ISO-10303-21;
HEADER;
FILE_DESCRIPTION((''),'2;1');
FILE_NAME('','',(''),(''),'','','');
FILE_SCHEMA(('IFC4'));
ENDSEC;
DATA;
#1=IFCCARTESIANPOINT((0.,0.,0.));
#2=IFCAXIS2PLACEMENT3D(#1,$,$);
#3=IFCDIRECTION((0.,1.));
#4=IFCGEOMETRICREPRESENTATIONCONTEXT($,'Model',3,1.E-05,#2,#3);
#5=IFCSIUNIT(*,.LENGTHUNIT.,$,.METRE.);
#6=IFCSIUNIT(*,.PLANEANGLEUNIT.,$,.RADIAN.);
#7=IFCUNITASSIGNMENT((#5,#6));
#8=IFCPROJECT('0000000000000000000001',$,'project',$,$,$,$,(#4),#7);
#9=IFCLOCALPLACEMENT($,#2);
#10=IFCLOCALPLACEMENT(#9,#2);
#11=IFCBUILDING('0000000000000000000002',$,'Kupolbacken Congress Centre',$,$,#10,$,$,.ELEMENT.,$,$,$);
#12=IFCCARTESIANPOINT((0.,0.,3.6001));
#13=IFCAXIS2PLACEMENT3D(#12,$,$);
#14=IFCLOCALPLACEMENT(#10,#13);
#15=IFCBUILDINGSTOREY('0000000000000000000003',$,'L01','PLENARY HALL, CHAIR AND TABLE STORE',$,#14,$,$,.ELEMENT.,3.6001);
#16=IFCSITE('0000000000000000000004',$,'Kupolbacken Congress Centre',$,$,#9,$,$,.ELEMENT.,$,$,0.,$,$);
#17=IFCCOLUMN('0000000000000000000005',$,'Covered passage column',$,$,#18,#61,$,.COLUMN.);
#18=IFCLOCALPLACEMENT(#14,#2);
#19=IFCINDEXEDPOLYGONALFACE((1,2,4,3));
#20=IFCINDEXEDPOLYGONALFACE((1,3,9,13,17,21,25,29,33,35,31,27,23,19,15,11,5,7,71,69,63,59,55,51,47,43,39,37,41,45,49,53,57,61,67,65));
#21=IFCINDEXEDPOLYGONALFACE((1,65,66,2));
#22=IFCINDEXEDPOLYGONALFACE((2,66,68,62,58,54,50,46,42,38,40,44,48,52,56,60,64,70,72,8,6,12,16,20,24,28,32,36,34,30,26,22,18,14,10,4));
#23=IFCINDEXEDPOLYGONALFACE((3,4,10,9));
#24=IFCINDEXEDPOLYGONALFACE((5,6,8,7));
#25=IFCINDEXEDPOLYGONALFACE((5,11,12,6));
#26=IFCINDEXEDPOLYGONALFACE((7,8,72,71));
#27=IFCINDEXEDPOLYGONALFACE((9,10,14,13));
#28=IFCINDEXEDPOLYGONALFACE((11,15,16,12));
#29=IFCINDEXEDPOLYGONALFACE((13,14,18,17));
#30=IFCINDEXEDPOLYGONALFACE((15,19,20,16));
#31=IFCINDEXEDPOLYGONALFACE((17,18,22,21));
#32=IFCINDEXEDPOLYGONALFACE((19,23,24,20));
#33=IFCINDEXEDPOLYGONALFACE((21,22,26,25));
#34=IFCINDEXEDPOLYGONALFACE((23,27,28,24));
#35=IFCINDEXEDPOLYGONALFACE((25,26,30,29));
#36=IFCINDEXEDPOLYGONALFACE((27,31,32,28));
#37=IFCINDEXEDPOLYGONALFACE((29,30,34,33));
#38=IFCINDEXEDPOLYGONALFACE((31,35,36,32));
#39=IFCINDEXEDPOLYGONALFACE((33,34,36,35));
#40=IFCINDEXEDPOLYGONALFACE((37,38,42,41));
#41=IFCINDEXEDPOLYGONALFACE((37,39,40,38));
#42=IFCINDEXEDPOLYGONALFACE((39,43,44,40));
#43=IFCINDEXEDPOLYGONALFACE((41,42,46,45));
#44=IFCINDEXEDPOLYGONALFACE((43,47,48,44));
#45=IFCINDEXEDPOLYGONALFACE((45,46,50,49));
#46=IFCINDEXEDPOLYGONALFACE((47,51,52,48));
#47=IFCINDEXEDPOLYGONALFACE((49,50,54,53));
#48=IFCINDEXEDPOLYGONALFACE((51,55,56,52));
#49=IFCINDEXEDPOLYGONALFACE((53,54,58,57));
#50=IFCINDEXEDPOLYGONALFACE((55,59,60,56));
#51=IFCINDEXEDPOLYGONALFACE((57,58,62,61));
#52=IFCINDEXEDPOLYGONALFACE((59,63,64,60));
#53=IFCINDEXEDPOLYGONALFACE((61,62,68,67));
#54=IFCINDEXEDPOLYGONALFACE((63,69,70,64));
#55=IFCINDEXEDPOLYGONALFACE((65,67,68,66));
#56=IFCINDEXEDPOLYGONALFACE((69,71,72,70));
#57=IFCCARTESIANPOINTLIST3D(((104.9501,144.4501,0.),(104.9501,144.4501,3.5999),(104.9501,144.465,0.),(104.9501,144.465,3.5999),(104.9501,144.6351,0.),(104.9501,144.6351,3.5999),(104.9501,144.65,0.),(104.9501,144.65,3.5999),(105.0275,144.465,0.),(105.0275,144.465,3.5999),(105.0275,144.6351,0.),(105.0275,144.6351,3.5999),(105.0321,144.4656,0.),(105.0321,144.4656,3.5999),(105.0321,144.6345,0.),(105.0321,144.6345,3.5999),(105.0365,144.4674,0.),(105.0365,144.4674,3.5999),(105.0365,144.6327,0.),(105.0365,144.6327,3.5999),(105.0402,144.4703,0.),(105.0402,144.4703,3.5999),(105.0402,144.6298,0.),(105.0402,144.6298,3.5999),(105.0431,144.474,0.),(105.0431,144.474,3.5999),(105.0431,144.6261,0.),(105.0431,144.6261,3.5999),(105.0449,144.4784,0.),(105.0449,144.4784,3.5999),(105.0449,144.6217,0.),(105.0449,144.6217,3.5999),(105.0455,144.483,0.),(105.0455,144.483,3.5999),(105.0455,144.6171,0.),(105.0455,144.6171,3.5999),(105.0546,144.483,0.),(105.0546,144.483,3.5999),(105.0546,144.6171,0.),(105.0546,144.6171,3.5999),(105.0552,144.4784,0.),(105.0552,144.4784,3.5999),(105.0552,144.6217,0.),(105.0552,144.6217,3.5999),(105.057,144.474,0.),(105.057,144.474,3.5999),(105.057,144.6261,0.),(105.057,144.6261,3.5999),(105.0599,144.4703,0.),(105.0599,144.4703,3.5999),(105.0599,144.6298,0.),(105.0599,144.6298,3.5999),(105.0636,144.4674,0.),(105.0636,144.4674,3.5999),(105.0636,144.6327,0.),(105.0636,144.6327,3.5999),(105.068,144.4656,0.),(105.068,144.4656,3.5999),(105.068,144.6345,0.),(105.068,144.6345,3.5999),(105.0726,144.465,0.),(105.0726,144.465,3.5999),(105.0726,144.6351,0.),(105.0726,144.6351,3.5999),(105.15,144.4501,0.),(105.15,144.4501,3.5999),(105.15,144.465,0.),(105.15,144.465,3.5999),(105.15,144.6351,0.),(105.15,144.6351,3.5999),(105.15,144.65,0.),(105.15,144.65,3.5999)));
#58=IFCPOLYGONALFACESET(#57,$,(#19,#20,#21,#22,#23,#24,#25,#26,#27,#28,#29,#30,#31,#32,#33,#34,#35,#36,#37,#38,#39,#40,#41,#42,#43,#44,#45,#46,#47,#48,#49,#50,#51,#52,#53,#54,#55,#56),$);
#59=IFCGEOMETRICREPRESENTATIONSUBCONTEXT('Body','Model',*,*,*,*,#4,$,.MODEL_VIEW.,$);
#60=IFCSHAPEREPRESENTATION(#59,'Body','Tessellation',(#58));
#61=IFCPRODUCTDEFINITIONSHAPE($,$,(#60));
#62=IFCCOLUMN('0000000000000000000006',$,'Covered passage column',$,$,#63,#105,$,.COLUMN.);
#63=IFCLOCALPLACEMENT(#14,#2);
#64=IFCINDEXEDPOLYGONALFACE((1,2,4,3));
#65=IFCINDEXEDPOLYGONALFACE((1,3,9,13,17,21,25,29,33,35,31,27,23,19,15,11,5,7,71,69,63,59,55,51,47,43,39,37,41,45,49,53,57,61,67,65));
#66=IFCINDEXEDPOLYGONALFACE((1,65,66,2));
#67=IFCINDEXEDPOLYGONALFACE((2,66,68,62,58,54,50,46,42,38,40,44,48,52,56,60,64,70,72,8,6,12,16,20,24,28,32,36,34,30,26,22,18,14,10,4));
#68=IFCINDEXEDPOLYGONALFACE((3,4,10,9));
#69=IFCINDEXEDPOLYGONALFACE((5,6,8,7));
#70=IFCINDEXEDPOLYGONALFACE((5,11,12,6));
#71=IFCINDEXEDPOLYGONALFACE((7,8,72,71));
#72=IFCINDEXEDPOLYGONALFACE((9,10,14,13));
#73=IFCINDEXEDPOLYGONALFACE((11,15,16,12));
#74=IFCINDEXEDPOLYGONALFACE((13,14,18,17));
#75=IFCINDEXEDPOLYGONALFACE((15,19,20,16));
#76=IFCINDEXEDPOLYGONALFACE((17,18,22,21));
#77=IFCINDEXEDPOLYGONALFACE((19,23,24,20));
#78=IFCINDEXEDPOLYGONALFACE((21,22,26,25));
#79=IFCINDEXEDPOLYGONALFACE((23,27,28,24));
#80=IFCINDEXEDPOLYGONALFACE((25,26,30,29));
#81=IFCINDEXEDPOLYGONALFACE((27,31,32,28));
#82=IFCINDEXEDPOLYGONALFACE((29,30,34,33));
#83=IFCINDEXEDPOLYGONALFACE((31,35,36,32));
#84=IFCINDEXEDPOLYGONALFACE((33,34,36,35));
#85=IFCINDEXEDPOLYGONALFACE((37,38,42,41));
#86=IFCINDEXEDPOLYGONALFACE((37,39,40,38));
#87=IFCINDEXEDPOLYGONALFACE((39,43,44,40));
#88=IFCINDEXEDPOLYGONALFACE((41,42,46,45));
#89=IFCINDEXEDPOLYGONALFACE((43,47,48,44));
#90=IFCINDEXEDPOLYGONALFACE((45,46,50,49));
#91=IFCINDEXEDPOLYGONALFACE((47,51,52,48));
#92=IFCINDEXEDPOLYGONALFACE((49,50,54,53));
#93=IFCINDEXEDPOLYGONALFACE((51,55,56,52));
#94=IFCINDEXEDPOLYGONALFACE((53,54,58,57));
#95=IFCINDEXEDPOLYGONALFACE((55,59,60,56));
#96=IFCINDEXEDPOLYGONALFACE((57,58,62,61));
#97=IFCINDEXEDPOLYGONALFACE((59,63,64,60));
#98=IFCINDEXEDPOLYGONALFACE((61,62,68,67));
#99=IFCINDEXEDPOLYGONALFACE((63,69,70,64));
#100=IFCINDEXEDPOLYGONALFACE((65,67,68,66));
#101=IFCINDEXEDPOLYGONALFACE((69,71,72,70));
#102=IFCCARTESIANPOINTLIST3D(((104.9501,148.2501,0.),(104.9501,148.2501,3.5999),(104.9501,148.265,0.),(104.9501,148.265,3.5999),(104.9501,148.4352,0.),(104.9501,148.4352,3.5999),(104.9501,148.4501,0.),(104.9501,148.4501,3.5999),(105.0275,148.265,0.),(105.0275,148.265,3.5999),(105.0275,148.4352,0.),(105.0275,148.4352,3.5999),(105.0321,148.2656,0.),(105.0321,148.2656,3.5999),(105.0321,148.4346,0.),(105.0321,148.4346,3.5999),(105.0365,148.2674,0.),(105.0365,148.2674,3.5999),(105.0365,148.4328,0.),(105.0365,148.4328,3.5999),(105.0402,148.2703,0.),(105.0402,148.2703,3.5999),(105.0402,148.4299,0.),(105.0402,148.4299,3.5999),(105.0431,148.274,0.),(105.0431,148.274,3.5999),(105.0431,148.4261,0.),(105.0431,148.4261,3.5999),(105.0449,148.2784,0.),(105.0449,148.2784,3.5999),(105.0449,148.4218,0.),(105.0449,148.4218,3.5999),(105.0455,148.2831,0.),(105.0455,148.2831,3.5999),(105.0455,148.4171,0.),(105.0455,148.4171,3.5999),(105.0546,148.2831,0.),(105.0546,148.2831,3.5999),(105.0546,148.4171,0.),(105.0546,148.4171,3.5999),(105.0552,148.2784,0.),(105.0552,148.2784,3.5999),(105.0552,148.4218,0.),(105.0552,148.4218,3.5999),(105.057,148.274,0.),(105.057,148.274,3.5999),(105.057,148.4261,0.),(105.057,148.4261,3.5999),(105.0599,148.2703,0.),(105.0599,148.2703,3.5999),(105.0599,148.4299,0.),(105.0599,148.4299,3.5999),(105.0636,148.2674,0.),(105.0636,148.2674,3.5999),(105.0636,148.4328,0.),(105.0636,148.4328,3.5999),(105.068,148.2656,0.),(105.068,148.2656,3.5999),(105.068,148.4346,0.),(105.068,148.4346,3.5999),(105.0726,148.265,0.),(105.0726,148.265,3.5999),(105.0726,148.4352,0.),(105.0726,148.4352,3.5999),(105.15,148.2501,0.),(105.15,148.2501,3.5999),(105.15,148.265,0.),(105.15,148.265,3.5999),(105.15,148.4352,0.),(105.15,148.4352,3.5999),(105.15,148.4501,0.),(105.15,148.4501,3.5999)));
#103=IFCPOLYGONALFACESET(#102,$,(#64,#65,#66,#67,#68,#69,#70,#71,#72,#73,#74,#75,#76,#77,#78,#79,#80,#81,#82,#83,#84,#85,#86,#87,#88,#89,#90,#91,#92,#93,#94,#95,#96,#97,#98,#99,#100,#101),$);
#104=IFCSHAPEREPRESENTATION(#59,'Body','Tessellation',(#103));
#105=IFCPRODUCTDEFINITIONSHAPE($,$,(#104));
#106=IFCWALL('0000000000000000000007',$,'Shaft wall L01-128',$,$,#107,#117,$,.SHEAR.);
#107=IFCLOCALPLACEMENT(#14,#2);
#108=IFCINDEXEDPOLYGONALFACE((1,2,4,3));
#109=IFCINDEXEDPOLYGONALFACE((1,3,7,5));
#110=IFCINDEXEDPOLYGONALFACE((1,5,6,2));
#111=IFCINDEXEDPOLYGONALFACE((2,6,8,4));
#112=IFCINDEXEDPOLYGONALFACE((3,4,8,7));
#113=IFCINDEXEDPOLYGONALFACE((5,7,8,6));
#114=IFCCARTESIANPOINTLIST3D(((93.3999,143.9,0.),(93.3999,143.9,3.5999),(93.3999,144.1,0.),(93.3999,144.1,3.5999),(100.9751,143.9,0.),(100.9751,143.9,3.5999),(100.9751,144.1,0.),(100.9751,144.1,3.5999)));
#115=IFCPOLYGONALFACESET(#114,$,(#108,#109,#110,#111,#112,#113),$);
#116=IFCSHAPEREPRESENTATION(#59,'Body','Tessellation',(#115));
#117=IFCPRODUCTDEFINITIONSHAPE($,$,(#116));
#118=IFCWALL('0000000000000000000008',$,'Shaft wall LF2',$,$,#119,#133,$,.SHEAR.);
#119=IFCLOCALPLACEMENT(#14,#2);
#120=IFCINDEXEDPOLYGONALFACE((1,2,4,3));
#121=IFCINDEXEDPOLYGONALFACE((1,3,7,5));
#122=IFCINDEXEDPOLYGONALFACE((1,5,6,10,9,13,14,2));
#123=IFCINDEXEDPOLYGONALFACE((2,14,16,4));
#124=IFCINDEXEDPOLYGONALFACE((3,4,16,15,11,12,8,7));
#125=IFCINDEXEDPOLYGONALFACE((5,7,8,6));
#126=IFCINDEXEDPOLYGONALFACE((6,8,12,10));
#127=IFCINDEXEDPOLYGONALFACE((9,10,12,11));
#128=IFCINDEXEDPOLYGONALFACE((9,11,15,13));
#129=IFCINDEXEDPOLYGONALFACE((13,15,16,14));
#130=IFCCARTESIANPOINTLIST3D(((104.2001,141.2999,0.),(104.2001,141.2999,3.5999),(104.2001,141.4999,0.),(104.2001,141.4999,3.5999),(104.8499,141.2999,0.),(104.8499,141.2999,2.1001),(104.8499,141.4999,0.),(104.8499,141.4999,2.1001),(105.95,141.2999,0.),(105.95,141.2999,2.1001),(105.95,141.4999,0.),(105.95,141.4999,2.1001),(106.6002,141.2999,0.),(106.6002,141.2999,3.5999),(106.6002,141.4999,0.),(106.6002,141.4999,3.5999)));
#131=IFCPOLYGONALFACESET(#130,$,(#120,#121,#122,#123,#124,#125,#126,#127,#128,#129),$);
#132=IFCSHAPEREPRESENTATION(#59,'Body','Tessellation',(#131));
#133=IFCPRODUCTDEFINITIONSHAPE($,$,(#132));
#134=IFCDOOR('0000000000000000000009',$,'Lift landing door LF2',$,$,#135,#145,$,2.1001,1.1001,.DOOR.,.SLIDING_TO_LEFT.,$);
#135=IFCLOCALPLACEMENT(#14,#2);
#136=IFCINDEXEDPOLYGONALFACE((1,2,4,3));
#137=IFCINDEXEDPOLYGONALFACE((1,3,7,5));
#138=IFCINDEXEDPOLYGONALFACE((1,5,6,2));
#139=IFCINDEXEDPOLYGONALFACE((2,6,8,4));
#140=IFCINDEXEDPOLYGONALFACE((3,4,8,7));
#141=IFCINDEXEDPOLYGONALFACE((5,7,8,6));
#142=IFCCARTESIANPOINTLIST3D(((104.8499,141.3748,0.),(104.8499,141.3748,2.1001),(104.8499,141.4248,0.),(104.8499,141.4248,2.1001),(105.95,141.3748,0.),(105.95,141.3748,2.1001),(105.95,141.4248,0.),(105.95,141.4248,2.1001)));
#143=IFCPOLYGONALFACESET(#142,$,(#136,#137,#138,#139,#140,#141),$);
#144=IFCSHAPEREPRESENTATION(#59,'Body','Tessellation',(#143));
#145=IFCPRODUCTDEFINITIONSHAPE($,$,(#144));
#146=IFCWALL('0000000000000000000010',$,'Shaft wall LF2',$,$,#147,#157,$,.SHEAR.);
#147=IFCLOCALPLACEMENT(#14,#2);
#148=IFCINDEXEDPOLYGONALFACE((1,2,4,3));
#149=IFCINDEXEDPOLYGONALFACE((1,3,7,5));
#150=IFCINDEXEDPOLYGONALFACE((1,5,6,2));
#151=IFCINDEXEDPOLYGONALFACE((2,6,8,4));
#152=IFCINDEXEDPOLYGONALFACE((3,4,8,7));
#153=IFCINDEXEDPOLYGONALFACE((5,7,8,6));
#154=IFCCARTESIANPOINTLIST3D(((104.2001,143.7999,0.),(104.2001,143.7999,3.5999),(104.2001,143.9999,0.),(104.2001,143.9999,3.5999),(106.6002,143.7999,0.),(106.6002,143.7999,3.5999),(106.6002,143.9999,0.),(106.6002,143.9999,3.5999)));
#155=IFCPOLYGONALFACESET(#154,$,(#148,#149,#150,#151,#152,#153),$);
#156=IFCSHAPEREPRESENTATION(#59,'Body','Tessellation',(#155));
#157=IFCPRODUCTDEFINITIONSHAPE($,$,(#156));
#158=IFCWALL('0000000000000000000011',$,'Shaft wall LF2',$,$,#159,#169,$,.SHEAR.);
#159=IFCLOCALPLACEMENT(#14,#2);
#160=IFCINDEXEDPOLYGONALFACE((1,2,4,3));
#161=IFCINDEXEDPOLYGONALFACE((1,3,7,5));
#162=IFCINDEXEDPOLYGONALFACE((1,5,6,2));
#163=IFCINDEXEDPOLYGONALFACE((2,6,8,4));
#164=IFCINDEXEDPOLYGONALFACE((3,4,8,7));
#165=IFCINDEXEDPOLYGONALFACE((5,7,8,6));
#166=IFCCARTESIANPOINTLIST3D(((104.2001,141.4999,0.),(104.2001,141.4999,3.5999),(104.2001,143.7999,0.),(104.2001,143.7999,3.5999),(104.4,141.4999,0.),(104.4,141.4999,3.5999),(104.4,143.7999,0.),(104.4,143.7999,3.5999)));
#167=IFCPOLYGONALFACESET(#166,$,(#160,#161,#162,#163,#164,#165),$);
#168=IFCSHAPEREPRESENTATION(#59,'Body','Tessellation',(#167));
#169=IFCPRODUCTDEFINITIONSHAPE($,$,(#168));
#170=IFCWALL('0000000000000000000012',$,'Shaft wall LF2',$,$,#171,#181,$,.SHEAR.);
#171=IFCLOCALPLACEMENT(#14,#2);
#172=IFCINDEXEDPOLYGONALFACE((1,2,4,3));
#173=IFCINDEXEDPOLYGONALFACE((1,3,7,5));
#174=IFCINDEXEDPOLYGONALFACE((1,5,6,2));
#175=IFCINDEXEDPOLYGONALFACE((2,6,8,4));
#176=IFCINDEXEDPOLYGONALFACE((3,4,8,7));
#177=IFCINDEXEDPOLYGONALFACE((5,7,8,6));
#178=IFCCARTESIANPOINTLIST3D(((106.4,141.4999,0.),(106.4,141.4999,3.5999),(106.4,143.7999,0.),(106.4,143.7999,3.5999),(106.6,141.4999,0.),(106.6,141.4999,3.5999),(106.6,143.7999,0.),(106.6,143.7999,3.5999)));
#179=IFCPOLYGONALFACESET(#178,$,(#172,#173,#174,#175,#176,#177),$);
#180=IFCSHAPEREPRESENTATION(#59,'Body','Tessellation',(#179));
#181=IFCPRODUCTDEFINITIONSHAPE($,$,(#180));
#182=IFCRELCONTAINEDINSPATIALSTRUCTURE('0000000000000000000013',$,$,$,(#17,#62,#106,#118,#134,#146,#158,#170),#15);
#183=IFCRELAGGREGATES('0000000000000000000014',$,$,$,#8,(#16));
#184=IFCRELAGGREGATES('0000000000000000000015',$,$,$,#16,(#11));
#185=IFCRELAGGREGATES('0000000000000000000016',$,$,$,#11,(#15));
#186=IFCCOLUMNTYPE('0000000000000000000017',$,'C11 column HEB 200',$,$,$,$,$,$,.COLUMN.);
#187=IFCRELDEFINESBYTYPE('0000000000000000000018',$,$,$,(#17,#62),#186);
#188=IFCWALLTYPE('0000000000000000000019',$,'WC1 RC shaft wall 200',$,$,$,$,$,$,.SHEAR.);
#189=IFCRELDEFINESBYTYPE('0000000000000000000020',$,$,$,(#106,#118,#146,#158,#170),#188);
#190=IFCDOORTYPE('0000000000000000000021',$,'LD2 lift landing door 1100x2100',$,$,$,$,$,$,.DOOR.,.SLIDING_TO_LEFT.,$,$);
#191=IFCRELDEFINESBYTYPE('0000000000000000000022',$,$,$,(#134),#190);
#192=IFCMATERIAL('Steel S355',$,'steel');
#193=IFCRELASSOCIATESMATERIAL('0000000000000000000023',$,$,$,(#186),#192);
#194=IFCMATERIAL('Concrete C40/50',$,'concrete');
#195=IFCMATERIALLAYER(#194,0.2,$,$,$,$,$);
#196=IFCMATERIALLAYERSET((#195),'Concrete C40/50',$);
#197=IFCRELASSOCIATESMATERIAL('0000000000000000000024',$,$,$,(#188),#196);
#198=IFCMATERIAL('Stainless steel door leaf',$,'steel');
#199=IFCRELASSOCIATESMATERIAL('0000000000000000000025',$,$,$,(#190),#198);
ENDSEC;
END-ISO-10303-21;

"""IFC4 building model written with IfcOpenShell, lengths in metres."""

from ifc_helpers import new_model, si_unit, direction, frame, frame_2d, origin, origin_2d, place, context, subcontext, project, spatial, rectangle, i_section, extrude, material, layer, layer_set, material_profile, profile_set, type_object, element, fill, save


model = new_model("IFC4")

# Units and contexts
model_context = context("Model", 3, precision=1e-05, world=origin(), true_north=direction((0.0, 1.0)))
body_context = subcontext(model_context, "Body", "Model", "MODEL_VIEW")
ifc_project = project(units=[si_unit("LENGTHUNIT", "METRE"), si_unit("PLANEANGLEUNIT", "RADIAN")], contexts=[model_context])

# Site, building, storey
site_placement = place(None, origin())
site = spatial("IfcSite", under=ifc_project, at=site_placement, Name="Kupolbacken Congress Centre", CompositionType="ELEMENT", RefElevation=0.0)
building_placement = place(site_placement, origin())
building = spatial("IfcBuilding", under=site, at=building_placement, Name="Kupolbacken Congress Centre", CompositionType="ELEMENT")
storey_placement = place(building_placement, frame((0.0, 0.0, 3.6001)))
storey = spatial("IfcBuildingStorey", under=building, at=storey_placement, Name="L01", Description="PLENARY HALL, CHAIR AND TABLE STORE", CompositionType="ELEMENT", Elevation=3.6001)

# Columns
ifc_material_1 = material(Name="Steel S355", Category="steel")
ifc_material_profile = material_profile(ifc_material_1, i_section(OverallWidth=0.2, OverallDepth=0.2, WebThickness=0.009, FlangeThickness=0.0149, FilletRadius=0.0181, at=origin_2d()), Name="HEB 200")
ifc_profile_set = profile_set([ifc_material_profile], Name="Steel S355")
column_type = type_object("IfcColumnType", Name="C11 column HEB 200", PredefinedType="COLUMN", material=ifc_profile_set)
for number, where, z_axis, x_axis, name in (
    (1, (105.05, 144.55, 0.0), (0.0, 0.0, 1.0), (1.0, 0.0, 0.0), "Covered passage column"),
    (2, (105.05, 148.3501, 0.0), (0.0, 0.0, 1.0), (1.0, 0.0, 0.0), "Covered passage column"),
):
    element("IfcColumn", number, at=place(storey_placement, frame(where, z_axis=z_axis, x_axis=x_axis)), inside=storey, type_object=column_type, Name=name, PredefinedType="COLUMN", context=body_context, shape_type="SweptSolid", body=[
        extrude(i_section(OverallWidth=0.2, OverallDepth=0.2, WebThickness=0.009, FlangeThickness=0.0149, FilletRadius=0.0181, at=origin_2d()), origin(), (0.0, 0.0, 1.0), 3.5999),
    ])

# Wall
ifc_material_2 = material(Name="Concrete C40/50", Category="concrete")
ifc_layer_1 = layer(ifc_material_2, 0.2)
ifc_layer_set_1 = layer_set([ifc_layer_1], Name="Concrete C40/50")
wall_type_1 = type_object("IfcWallType", Name="WC1 RC shaft wall 200", PredefinedType="SHEAR", material=ifc_layer_set_1)
wall_1_placement = place(storey_placement, frame((100.9751, 144.0, 0.0), z_axis=(0.0, 0.0, 1.0), x_axis=(-1.0, 0.0, 0.0)))
element("IfcWall", 3, at=wall_1_placement, inside=storey, type_object=wall_type_1, Name="Shaft wall L01-128", PredefinedType="SHEAR", context=body_context, shape_type="SweptSolid", body=[
    extrude(rectangle(XDim=7.5752, YDim=0.2, at=frame_2d((3.7876, 0.0))), origin(), (0.0, 0.0, 1.0), 3.5999),
])

# Wall, opening, door
wall_2_placement = place(storey_placement, frame((104.2, 141.3999, 0.0), z_axis=(0.0, 0.0, 1.0), x_axis=(1.0, 0.0, 0.0)))
wall_2 = element("IfcWall", 4, at=wall_2_placement, inside=storey, type_object=wall_type_1, Name="Shaft wall LF2", PredefinedType="SHEAR", context=body_context, shape_type="SweptSolid", body=[
    extrude(rectangle(XDim=2.4001, YDim=0.2, at=frame_2d((1.2002, 0.0))), origin(), (0.0, 0.0, 1.0), 3.5999),
])
opening_1_placement = place(wall_2_placement, frame((0.6499, 0.0, 0.0)))
opening_1 = element("IfcOpeningElement", 5, at=opening_1_placement, cuts=wall_2, PredefinedType="OPENING", context=body_context, shape_type="SweptSolid", body=[
    extrude(rectangle(XDim=1.1001, YDim=2.1001, at=frame_2d((0.55, 1.05))), frame((0.0, 0.1099, 0.0), z_axis=(0.0, -1.0, 0.0), x_axis=(1.0, 0.0, 0.0)), (0.0, 0.0, 1.0), 0.22),
])
ifc_material_3 = material(Name="Stainless steel door leaf", Category="steel")
door_type_1 = type_object("IfcDoorType", Name="LD2 lift landing door 1100x2100", OperationType="SLIDING_TO_LEFT", PredefinedType="DOOR", material=ifc_material_3)
door_1_placement = place(opening_1_placement, origin())
door_1 = element("IfcDoor", 6, at=door_1_placement, inside=storey, type_object=door_type_1, Name="Lift landing door LF2", OperationType="SLIDING_TO_LEFT", OverallHeight=2.1001, OverallWidth=1.1001, PredefinedType="DOOR", context=body_context, shape_type="SweptSolid", body=[
    extrude(rectangle(XDim=1.1001, YDim=2.1001, at=frame_2d((0.55, 1.05))), frame((0.0, 0.0249, 0.0), z_axis=(0.0, -1.0, 0.0), x_axis=(1.0, 0.0, 0.0)), (0.0, 0.0, 1.0), 0.05),
])
fill(opening_1, door_1)

# Walls
wall_3_placement = place(storey_placement, frame((104.2, 143.8999, 0.0), z_axis=(0.0, 0.0, 1.0), x_axis=(1.0, 0.0, 0.0)))
element("IfcWall", 7, at=wall_3_placement, inside=storey, type_object=wall_type_1, Name="Shaft wall LF2", PredefinedType="SHEAR", context=body_context, shape_type="SweptSolid", body=[
    extrude(rectangle(XDim=2.4001, YDim=0.2, at=frame_2d((1.2002, 0.0))), origin(), (0.0, 0.0, 1.0), 3.5999),
])
for number, where, z_axis, x_axis, name in (
    (8, (104.3, 141.5, 0.0), (0.0, 0.0, 1.0), (0.0, 1.0, 0.0), "Shaft wall LF2"),
    (9, (106.5, 141.5, 0.0), (0.0, 0.0, 1.0), (0.0, 1.0, 0.0), "Shaft wall LF2"),
):
    element("IfcWall", number, at=place(storey_placement, frame(where, z_axis=z_axis, x_axis=x_axis)), inside=storey, type_object=wall_type_1, Name=name, PredefinedType="SHEAR", context=body_context, shape_type="SweptSolid", body=[
        extrude(rectangle(XDim=2.3, YDim=0.2, at=frame_2d((1.1499, 0.0))), origin(), (0.0, 0.0, 1.0), 3.5999),
    ])

save(model, "model.ifc")
